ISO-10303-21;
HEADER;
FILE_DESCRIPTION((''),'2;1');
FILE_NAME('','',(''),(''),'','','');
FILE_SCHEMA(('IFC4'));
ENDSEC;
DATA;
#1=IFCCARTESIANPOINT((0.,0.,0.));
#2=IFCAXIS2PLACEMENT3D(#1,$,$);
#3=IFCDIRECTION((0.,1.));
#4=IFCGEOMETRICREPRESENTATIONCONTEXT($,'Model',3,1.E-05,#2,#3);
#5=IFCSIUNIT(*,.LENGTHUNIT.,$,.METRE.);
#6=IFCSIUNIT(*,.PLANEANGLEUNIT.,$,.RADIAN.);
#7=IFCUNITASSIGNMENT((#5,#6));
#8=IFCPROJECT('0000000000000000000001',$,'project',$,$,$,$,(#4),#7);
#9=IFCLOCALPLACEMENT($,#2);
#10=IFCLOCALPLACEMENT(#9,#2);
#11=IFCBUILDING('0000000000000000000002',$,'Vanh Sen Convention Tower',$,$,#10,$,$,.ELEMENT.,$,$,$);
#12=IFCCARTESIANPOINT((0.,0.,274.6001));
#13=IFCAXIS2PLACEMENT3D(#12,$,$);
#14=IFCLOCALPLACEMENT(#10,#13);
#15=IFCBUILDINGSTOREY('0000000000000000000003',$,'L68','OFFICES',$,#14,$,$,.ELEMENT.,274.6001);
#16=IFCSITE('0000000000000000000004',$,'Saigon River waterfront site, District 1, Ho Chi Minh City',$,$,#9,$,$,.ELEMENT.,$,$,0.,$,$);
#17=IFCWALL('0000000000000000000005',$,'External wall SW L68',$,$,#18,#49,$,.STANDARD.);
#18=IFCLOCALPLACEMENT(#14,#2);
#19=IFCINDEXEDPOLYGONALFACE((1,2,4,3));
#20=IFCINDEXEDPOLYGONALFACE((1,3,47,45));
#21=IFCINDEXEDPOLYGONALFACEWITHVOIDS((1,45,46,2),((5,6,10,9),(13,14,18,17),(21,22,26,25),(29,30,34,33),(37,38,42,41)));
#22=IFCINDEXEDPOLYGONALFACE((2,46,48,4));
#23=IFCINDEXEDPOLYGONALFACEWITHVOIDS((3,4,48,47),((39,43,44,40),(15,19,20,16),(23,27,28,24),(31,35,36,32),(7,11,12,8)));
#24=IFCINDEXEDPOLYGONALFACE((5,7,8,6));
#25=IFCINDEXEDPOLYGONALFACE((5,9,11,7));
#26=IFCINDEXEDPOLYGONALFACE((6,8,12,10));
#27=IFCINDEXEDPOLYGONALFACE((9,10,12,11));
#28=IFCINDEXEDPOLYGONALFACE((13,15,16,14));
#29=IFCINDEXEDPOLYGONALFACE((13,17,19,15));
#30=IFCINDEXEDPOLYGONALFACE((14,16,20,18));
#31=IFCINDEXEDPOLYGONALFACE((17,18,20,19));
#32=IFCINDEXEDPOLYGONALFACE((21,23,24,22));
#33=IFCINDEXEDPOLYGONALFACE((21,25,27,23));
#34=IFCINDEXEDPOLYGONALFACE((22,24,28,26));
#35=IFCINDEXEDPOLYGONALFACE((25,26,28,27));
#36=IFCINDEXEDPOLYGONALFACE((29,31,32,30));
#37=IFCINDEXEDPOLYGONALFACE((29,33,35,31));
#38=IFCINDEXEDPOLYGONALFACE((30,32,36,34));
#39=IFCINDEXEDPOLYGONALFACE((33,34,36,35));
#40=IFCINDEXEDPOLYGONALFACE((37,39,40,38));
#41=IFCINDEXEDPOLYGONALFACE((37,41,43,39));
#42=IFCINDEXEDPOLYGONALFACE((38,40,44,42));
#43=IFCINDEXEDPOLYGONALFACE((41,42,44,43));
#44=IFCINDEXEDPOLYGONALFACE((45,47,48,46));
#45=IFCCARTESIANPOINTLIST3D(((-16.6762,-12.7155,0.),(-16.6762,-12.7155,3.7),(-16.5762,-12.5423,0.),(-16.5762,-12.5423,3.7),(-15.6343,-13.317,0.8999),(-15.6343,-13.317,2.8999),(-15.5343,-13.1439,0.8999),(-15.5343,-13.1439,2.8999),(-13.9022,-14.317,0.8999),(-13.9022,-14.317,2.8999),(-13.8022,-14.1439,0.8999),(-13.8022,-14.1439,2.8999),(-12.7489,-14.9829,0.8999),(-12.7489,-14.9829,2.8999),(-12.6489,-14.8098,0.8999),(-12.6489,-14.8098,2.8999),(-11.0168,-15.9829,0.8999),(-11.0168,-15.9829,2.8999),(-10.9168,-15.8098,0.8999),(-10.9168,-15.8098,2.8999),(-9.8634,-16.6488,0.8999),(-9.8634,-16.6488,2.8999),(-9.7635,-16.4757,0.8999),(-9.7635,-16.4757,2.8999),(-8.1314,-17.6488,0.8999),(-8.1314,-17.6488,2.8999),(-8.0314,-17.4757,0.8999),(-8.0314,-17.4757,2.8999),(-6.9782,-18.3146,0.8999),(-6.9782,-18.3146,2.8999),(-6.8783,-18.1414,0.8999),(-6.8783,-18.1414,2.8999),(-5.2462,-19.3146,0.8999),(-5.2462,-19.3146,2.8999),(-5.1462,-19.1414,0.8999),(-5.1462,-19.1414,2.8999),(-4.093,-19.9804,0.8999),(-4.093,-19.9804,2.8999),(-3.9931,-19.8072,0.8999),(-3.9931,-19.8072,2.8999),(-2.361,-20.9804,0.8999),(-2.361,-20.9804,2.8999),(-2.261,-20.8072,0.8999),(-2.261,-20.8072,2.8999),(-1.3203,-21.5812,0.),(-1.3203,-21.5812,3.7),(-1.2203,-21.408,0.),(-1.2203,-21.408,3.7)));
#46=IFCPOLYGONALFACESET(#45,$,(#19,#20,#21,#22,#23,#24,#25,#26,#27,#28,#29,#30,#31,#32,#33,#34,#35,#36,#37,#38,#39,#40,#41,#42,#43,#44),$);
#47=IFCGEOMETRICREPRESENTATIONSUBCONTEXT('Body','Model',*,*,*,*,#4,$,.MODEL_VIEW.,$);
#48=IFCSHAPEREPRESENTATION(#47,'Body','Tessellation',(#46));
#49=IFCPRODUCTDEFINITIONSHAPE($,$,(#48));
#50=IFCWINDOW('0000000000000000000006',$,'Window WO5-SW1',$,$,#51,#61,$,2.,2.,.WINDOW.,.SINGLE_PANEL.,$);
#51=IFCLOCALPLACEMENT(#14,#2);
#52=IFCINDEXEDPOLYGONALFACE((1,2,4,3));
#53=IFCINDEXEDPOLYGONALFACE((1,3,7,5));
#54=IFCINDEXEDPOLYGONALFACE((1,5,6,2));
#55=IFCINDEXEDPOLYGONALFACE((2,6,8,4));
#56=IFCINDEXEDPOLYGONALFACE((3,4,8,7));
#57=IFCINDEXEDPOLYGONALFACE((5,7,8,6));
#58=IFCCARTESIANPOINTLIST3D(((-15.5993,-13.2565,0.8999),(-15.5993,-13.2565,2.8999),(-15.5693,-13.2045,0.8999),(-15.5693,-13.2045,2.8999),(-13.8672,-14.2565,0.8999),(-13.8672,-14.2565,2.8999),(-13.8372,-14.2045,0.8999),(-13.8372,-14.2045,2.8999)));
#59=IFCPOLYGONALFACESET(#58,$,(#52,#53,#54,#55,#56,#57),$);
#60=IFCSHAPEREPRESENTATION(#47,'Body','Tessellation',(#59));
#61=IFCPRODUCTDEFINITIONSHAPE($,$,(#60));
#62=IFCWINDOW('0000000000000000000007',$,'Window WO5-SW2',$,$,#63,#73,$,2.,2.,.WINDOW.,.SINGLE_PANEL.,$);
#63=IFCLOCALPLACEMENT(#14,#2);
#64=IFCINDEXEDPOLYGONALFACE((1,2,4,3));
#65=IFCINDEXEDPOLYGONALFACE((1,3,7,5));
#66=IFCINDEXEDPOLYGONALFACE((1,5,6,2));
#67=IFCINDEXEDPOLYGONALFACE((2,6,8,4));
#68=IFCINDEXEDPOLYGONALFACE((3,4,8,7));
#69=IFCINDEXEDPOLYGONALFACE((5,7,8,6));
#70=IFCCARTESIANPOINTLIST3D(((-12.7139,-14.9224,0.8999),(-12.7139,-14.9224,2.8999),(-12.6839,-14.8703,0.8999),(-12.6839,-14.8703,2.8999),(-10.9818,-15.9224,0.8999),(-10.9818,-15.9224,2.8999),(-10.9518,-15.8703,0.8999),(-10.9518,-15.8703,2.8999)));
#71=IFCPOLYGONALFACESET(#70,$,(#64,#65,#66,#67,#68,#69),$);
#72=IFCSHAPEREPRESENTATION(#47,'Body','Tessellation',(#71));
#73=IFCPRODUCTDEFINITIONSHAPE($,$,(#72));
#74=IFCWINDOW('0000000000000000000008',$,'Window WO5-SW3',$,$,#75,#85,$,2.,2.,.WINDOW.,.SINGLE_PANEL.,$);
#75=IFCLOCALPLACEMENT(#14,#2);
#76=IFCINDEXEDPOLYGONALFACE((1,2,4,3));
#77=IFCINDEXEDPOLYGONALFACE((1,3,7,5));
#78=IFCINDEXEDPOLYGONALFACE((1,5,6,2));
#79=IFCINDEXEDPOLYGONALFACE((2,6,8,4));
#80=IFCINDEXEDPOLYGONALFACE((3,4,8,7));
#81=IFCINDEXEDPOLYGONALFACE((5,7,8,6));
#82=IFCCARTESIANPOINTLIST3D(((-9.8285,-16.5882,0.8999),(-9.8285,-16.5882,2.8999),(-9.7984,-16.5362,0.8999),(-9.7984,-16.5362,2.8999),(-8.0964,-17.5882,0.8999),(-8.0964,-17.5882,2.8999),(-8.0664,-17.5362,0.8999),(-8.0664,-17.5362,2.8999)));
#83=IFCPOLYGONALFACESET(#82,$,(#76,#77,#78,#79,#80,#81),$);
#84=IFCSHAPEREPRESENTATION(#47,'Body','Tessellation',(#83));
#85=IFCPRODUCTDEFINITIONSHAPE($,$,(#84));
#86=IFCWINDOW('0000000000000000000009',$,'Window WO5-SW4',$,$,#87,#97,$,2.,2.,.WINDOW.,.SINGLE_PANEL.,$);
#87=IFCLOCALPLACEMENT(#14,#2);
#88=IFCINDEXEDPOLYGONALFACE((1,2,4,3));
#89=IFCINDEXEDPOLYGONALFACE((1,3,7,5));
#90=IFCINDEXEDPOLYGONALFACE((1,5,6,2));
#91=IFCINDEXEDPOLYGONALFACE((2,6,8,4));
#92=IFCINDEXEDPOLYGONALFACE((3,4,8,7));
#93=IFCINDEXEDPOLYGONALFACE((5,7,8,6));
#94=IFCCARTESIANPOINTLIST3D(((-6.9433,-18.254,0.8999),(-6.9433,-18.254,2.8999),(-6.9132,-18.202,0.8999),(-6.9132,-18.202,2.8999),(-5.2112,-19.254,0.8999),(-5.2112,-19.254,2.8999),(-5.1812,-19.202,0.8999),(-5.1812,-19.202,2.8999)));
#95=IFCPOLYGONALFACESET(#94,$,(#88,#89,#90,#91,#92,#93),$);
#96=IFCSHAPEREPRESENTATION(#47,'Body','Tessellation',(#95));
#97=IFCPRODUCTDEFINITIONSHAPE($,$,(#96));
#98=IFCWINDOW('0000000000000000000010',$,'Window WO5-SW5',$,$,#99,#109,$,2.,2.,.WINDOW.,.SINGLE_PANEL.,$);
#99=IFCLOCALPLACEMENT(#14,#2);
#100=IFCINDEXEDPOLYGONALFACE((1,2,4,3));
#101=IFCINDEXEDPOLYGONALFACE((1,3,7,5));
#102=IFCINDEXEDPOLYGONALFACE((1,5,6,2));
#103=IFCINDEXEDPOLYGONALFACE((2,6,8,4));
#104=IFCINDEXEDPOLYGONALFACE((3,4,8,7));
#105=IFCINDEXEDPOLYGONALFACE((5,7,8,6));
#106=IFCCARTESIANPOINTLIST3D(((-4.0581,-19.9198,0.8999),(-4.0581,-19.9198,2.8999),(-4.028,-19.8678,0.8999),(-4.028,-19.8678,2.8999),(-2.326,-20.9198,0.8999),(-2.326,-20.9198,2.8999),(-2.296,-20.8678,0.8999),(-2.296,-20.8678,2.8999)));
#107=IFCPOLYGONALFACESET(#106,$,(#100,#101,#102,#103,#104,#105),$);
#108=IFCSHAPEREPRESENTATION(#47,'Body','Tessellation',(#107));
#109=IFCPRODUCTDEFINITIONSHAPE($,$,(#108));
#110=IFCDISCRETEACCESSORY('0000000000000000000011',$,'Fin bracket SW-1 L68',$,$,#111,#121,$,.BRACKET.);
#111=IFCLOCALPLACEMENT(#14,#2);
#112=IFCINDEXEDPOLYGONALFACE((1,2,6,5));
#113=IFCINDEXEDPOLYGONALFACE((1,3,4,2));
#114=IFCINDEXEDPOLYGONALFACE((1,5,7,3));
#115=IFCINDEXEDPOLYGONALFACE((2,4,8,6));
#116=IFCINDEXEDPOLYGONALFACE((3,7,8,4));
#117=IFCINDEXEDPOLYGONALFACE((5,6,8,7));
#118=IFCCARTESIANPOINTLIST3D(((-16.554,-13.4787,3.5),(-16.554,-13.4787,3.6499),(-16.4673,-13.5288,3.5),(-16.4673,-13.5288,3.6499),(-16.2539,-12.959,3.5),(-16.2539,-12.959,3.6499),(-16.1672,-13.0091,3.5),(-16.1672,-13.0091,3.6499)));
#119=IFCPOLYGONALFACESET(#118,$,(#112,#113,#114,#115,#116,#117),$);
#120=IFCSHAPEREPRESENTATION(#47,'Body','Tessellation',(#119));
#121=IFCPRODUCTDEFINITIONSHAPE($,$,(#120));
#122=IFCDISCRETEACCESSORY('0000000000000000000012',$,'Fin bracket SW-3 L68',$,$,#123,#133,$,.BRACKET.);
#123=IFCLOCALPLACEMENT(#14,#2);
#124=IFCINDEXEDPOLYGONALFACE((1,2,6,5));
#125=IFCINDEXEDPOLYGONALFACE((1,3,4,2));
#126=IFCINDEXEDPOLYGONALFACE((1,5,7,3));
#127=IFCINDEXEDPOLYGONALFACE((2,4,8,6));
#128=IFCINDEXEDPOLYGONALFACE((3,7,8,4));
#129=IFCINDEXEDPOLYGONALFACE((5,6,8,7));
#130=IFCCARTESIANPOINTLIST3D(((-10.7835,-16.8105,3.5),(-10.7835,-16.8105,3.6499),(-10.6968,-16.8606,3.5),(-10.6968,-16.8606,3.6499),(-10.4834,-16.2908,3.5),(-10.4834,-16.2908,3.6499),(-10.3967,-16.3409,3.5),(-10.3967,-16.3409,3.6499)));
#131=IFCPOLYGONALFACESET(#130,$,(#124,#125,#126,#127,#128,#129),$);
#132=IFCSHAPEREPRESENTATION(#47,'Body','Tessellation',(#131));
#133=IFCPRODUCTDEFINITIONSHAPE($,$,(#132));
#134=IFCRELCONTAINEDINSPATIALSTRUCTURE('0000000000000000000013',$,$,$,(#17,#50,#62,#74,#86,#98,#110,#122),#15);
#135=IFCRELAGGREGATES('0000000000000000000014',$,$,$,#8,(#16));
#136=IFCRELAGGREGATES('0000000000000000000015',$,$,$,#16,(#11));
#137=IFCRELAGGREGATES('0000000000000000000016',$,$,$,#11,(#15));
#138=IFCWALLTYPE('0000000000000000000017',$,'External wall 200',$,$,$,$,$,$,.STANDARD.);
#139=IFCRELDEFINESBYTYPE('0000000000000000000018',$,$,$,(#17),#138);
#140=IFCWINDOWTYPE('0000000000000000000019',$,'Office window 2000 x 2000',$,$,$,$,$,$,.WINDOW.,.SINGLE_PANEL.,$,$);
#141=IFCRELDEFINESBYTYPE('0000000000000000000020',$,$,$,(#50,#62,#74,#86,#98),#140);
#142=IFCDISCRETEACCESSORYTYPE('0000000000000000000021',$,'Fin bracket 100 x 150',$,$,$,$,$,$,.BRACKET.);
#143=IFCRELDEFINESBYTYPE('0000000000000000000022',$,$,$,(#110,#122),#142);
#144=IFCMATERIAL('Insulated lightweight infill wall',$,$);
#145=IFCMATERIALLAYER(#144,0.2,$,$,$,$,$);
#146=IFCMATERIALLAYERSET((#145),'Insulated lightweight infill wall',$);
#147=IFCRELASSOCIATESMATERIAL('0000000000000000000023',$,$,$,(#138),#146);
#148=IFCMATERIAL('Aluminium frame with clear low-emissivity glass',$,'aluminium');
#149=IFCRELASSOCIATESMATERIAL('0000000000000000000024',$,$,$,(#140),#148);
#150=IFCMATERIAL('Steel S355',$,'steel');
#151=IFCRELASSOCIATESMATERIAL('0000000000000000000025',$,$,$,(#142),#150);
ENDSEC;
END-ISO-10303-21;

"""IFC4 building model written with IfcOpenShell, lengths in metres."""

from ifc_helpers import new_model, si_unit, direction, frame, frame_2d, origin, origin_2d, place, context, subcontext, project, spatial, rectangle, extrude, material, layer, layer_set, type_object, element, fill, save


model = new_model("IFC4")

# Units and contexts
model_context = context("Model", 3, precision=1e-05, world=origin(), true_north=direction((0.0, 1.0)))
body_context = subcontext(model_context, "Body", "Model", "MODEL_VIEW")
ifc_project = project(units=[si_unit("LENGTHUNIT", "METRE"), si_unit("PLANEANGLEUNIT", "RADIAN")], contexts=[model_context])

# Site, building, storey
site_placement = place(None, origin())
site = spatial("IfcSite", under=ifc_project, at=site_placement, Name="Saigon River waterfront site, District 1, Ho Chi Minh City", CompositionType="ELEMENT", RefElevation=0.0)
building_placement = place(site_placement, origin())
building = spatial("IfcBuilding", under=site, at=building_placement, Name="Vanh Sen Convention Tower", CompositionType="ELEMENT")
storey_placement = place(building_placement, frame((0.0, 0.0, 274.6001)))
storey = spatial("IfcBuildingStorey", under=building, at=storey_placement, Name="L68", Description="OFFICES", CompositionType="ELEMENT", Elevation=274.6001)

# Wall, openings, windows
ifc_material_1 = material(Name="Insulated lightweight infill wall")
ifc_layer_1 = layer(ifc_material_1, 0.2)
ifc_layer_set_1 = layer_set([ifc_layer_1], Name="Insulated lightweight infill wall")
wall_type_1 = type_object("IfcWallType", Name="External wall 200", PredefinedType="STANDARD", material=ifc_layer_set_1)
wall_1_placement = place(storey_placement, frame((-16.6262, -12.6289, 0.0), z_axis=(0.0, 0.0, 1.0), x_axis=(0.866026, -0.499998, 0.0)))
wall_1 = element("IfcWall", 1, at=wall_1_placement, inside=storey, type_object=wall_type_1, Name="External wall SW L68", PredefinedType="STANDARD", context=body_context, shape_type="SweptSolid", body=[
    extrude(rectangle(XDim=17.7314, YDim=0.2, at=frame_2d((8.8657, 0.0))), origin(), (0.0, 0.0, 1.0), 3.7),
])
opening_1_placement = place(wall_1_placement, frame((1.2031, 0.0, 0.8999)))
opening_1 = element("IfcOpeningElement", 2, at=opening_1_placement, cuts=wall_1, PredefinedType="OPENING", context=body_context, shape_type="SweptSolid", body=[
    extrude(rectangle(XDim=2.0, YDim=2.0, at=frame_2d((1.0, 1.0))), frame((0.0, 0.1099, 0.0), z_axis=(0.0, -1.0, 0.0), x_axis=(1.0, 0.0, 0.0)), (0.0, 0.0, 1.0), 0.22),
])
opening_2_placement = place(wall_1_placement, frame((4.5349, 0.0, 0.8999)))
opening_2 = element("IfcOpeningElement", 3, at=opening_2_placement, cuts=wall_1, PredefinedType="OPENING", context=body_context, shape_type="SweptSolid", body=[
    extrude(rectangle(XDim=2.0, YDim=2.0, at=frame_2d((1.0, 1.0))), frame((0.0, 0.1099, 0.0), z_axis=(0.0, -1.0, 0.0), x_axis=(1.0, 0.0, 0.0)), (0.0, 0.0, 1.0), 0.22),
])
opening_3_placement = place(wall_1_placement, frame((7.8667, 0.0, 0.8999)))
opening_3 = element("IfcOpeningElement", 4, at=opening_3_placement, cuts=wall_1, PredefinedType="OPENING", context=body_context, shape_type="SweptSolid", body=[
    extrude(rectangle(XDim=2.0, YDim=2.0, at=frame_2d((1.0, 1.0))), frame((0.0, 0.1099, 0.0), z_axis=(0.0, -1.0, 0.0), x_axis=(1.0, 0.0, 0.0)), (0.0, 0.0, 1.0), 0.22),
])
opening_4_placement = place(wall_1_placement, frame((11.1982, 0.0, 0.8999)))
opening_4 = element("IfcOpeningElement", 5, at=opening_4_placement, cuts=wall_1, PredefinedType="OPENING", context=body_context, shape_type="SweptSolid", body=[
    extrude(rectangle(XDim=2.0, YDim=2.0, at=frame_2d((1.0, 1.0))), frame((0.0, 0.1099, 0.0), z_axis=(0.0, -1.0, 0.0), x_axis=(1.0, 0.0, 0.0)), (0.0, 0.0, 1.0), 0.22),
])
opening_5_placement = place(wall_1_placement, frame((14.5298, 0.0, 0.8999)))
opening_5 = element("IfcOpeningElement", 6, at=opening_5_placement, cuts=wall_1, PredefinedType="OPENING", context=body_context, shape_type="SweptSolid", body=[
    extrude(rectangle(XDim=2.0, YDim=2.0, at=frame_2d((1.0, 1.0))), frame((0.0, 0.1099, 0.0), z_axis=(0.0, -1.0, 0.0), x_axis=(1.0, 0.0, 0.0)), (0.0, 0.0, 1.0), 0.22),
])
ifc_material_2 = material(Name="Aluminium frame with clear low-emissivity glass", Category="aluminium")
window_type = type_object("IfcWindowType", Name="Office window 2000 x 2000", PartitioningType="SINGLE_PANEL", PredefinedType="WINDOW", material=ifc_material_2)
window_1_placement = place(opening_1_placement, origin())
window_1 = element("IfcWindow", 7, at=window_1_placement, inside=storey, type_object=window_type, Name="Window WO5-SW1", OverallHeight=2.0, OverallWidth=2.0, PartitioningType="SINGLE_PANEL", PredefinedType="WINDOW", context=body_context, shape_type="SweptSolid", body=[
    extrude(rectangle(XDim=2.0, YDim=2.0, at=frame_2d((1.0, 1.0))), frame((0.0, 0.03, 0.0), z_axis=(0.0, -1.0, 0.0), x_axis=(1.0, 0.0, 0.0)), (0.0, 0.0, 1.0), 0.0601),
])
fill(opening_1, window_1)
window_2_placement = place(opening_2_placement, origin())
window_2 = element("IfcWindow", 8, at=window_2_placement, inside=storey, type_object=window_type, Name="Window WO5-SW2", OverallHeight=2.0, OverallWidth=2.0, PartitioningType="SINGLE_PANEL", PredefinedType="WINDOW", context=body_context, shape_type="SweptSolid", body=[
    extrude(rectangle(XDim=2.0, YDim=2.0, at=frame_2d((1.0, 1.0))), frame((0.0, 0.03, 0.0), z_axis=(0.0, -1.0, 0.0), x_axis=(1.0, 0.0, 0.0)), (0.0, 0.0, 1.0), 0.0601),
])
fill(opening_2, window_2)
window_3_placement = place(opening_3_placement, origin())
window_3 = element("IfcWindow", 9, at=window_3_placement, inside=storey, type_object=window_type, Name="Window WO5-SW3", OverallHeight=2.0, OverallWidth=2.0, PartitioningType="SINGLE_PANEL", PredefinedType="WINDOW", context=body_context, shape_type="SweptSolid", body=[
    extrude(rectangle(XDim=2.0, YDim=2.0, at=frame_2d((1.0, 1.0))), frame((0.0, 0.03, 0.0), z_axis=(0.0, -1.0, 0.0), x_axis=(1.0, 0.0, 0.0)), (0.0, 0.0, 1.0), 0.0601),
])
fill(opening_3, window_3)
window_4_placement = place(opening_4_placement, origin())
window_4 = element("IfcWindow", 10, at=window_4_placement, inside=storey, type_object=window_type, Name="Window WO5-SW4", OverallHeight=2.0, OverallWidth=2.0, PartitioningType="SINGLE_PANEL", PredefinedType="WINDOW", context=body_context, shape_type="SweptSolid", body=[
    extrude(rectangle(XDim=2.0, YDim=2.0, at=frame_2d((1.0, 1.0))), frame((0.0, 0.03, 0.0), z_axis=(0.0, -1.0, 0.0), x_axis=(1.0, 0.0, 0.0)), (0.0, 0.0, 1.0), 0.0601),
])
fill(opening_4, window_4)
window_5_placement = place(opening_5_placement, origin())
window_5 = element("IfcWindow", 11, at=window_5_placement, inside=storey, type_object=window_type, Name="Window WO5-SW5", OverallHeight=2.0, OverallWidth=2.0, PartitioningType="SINGLE_PANEL", PredefinedType="WINDOW", context=body_context, shape_type="SweptSolid", body=[
    extrude(rectangle(XDim=2.0, YDim=2.0, at=frame_2d((1.0, 1.0))), frame((0.0, 0.03, 0.0), z_axis=(0.0, -1.0, 0.0), x_axis=(1.0, 0.0, 0.0)), (0.0, 0.0, 1.0), 0.0601),
])
fill(opening_5, window_5)

# Discrete accessories
ifc_material_3 = material(Name="Steel S355", Category="steel")
discrete_accessory_type = type_object("IfcDiscreteAccessoryType", Name="Fin bracket 100 x 150", PredefinedType="BRACKET", material=ifc_material_3)
for number, where, z_axis, x_axis, name in (
    (12, (-16.3606, -13.2439, 3.5), (0.0, 0.0, 1.0), (-0.5, -0.866025, 0.0), "Fin bracket SW-1 L68"),
    (13, (-10.5901, -16.5757, 3.5), (0.0, 0.0, 1.0), (-0.5, -0.866025, 0.0), "Fin bracket SW-3 L68"),
):
    element("IfcDiscreteAccessory", number, at=place(storey_placement, frame(where, z_axis=z_axis, x_axis=x_axis)), inside=storey, type_object=discrete_accessory_type, Name=name, PredefinedType="BRACKET", context=body_context, shape_type="SweptSolid", body=[
        extrude(rectangle(XDim=0.6001, YDim=0.1001, at=origin_2d()), origin(), (0.0, 0.0, 1.0), 0.1499),
    ])

save(model, "model.ifc")
